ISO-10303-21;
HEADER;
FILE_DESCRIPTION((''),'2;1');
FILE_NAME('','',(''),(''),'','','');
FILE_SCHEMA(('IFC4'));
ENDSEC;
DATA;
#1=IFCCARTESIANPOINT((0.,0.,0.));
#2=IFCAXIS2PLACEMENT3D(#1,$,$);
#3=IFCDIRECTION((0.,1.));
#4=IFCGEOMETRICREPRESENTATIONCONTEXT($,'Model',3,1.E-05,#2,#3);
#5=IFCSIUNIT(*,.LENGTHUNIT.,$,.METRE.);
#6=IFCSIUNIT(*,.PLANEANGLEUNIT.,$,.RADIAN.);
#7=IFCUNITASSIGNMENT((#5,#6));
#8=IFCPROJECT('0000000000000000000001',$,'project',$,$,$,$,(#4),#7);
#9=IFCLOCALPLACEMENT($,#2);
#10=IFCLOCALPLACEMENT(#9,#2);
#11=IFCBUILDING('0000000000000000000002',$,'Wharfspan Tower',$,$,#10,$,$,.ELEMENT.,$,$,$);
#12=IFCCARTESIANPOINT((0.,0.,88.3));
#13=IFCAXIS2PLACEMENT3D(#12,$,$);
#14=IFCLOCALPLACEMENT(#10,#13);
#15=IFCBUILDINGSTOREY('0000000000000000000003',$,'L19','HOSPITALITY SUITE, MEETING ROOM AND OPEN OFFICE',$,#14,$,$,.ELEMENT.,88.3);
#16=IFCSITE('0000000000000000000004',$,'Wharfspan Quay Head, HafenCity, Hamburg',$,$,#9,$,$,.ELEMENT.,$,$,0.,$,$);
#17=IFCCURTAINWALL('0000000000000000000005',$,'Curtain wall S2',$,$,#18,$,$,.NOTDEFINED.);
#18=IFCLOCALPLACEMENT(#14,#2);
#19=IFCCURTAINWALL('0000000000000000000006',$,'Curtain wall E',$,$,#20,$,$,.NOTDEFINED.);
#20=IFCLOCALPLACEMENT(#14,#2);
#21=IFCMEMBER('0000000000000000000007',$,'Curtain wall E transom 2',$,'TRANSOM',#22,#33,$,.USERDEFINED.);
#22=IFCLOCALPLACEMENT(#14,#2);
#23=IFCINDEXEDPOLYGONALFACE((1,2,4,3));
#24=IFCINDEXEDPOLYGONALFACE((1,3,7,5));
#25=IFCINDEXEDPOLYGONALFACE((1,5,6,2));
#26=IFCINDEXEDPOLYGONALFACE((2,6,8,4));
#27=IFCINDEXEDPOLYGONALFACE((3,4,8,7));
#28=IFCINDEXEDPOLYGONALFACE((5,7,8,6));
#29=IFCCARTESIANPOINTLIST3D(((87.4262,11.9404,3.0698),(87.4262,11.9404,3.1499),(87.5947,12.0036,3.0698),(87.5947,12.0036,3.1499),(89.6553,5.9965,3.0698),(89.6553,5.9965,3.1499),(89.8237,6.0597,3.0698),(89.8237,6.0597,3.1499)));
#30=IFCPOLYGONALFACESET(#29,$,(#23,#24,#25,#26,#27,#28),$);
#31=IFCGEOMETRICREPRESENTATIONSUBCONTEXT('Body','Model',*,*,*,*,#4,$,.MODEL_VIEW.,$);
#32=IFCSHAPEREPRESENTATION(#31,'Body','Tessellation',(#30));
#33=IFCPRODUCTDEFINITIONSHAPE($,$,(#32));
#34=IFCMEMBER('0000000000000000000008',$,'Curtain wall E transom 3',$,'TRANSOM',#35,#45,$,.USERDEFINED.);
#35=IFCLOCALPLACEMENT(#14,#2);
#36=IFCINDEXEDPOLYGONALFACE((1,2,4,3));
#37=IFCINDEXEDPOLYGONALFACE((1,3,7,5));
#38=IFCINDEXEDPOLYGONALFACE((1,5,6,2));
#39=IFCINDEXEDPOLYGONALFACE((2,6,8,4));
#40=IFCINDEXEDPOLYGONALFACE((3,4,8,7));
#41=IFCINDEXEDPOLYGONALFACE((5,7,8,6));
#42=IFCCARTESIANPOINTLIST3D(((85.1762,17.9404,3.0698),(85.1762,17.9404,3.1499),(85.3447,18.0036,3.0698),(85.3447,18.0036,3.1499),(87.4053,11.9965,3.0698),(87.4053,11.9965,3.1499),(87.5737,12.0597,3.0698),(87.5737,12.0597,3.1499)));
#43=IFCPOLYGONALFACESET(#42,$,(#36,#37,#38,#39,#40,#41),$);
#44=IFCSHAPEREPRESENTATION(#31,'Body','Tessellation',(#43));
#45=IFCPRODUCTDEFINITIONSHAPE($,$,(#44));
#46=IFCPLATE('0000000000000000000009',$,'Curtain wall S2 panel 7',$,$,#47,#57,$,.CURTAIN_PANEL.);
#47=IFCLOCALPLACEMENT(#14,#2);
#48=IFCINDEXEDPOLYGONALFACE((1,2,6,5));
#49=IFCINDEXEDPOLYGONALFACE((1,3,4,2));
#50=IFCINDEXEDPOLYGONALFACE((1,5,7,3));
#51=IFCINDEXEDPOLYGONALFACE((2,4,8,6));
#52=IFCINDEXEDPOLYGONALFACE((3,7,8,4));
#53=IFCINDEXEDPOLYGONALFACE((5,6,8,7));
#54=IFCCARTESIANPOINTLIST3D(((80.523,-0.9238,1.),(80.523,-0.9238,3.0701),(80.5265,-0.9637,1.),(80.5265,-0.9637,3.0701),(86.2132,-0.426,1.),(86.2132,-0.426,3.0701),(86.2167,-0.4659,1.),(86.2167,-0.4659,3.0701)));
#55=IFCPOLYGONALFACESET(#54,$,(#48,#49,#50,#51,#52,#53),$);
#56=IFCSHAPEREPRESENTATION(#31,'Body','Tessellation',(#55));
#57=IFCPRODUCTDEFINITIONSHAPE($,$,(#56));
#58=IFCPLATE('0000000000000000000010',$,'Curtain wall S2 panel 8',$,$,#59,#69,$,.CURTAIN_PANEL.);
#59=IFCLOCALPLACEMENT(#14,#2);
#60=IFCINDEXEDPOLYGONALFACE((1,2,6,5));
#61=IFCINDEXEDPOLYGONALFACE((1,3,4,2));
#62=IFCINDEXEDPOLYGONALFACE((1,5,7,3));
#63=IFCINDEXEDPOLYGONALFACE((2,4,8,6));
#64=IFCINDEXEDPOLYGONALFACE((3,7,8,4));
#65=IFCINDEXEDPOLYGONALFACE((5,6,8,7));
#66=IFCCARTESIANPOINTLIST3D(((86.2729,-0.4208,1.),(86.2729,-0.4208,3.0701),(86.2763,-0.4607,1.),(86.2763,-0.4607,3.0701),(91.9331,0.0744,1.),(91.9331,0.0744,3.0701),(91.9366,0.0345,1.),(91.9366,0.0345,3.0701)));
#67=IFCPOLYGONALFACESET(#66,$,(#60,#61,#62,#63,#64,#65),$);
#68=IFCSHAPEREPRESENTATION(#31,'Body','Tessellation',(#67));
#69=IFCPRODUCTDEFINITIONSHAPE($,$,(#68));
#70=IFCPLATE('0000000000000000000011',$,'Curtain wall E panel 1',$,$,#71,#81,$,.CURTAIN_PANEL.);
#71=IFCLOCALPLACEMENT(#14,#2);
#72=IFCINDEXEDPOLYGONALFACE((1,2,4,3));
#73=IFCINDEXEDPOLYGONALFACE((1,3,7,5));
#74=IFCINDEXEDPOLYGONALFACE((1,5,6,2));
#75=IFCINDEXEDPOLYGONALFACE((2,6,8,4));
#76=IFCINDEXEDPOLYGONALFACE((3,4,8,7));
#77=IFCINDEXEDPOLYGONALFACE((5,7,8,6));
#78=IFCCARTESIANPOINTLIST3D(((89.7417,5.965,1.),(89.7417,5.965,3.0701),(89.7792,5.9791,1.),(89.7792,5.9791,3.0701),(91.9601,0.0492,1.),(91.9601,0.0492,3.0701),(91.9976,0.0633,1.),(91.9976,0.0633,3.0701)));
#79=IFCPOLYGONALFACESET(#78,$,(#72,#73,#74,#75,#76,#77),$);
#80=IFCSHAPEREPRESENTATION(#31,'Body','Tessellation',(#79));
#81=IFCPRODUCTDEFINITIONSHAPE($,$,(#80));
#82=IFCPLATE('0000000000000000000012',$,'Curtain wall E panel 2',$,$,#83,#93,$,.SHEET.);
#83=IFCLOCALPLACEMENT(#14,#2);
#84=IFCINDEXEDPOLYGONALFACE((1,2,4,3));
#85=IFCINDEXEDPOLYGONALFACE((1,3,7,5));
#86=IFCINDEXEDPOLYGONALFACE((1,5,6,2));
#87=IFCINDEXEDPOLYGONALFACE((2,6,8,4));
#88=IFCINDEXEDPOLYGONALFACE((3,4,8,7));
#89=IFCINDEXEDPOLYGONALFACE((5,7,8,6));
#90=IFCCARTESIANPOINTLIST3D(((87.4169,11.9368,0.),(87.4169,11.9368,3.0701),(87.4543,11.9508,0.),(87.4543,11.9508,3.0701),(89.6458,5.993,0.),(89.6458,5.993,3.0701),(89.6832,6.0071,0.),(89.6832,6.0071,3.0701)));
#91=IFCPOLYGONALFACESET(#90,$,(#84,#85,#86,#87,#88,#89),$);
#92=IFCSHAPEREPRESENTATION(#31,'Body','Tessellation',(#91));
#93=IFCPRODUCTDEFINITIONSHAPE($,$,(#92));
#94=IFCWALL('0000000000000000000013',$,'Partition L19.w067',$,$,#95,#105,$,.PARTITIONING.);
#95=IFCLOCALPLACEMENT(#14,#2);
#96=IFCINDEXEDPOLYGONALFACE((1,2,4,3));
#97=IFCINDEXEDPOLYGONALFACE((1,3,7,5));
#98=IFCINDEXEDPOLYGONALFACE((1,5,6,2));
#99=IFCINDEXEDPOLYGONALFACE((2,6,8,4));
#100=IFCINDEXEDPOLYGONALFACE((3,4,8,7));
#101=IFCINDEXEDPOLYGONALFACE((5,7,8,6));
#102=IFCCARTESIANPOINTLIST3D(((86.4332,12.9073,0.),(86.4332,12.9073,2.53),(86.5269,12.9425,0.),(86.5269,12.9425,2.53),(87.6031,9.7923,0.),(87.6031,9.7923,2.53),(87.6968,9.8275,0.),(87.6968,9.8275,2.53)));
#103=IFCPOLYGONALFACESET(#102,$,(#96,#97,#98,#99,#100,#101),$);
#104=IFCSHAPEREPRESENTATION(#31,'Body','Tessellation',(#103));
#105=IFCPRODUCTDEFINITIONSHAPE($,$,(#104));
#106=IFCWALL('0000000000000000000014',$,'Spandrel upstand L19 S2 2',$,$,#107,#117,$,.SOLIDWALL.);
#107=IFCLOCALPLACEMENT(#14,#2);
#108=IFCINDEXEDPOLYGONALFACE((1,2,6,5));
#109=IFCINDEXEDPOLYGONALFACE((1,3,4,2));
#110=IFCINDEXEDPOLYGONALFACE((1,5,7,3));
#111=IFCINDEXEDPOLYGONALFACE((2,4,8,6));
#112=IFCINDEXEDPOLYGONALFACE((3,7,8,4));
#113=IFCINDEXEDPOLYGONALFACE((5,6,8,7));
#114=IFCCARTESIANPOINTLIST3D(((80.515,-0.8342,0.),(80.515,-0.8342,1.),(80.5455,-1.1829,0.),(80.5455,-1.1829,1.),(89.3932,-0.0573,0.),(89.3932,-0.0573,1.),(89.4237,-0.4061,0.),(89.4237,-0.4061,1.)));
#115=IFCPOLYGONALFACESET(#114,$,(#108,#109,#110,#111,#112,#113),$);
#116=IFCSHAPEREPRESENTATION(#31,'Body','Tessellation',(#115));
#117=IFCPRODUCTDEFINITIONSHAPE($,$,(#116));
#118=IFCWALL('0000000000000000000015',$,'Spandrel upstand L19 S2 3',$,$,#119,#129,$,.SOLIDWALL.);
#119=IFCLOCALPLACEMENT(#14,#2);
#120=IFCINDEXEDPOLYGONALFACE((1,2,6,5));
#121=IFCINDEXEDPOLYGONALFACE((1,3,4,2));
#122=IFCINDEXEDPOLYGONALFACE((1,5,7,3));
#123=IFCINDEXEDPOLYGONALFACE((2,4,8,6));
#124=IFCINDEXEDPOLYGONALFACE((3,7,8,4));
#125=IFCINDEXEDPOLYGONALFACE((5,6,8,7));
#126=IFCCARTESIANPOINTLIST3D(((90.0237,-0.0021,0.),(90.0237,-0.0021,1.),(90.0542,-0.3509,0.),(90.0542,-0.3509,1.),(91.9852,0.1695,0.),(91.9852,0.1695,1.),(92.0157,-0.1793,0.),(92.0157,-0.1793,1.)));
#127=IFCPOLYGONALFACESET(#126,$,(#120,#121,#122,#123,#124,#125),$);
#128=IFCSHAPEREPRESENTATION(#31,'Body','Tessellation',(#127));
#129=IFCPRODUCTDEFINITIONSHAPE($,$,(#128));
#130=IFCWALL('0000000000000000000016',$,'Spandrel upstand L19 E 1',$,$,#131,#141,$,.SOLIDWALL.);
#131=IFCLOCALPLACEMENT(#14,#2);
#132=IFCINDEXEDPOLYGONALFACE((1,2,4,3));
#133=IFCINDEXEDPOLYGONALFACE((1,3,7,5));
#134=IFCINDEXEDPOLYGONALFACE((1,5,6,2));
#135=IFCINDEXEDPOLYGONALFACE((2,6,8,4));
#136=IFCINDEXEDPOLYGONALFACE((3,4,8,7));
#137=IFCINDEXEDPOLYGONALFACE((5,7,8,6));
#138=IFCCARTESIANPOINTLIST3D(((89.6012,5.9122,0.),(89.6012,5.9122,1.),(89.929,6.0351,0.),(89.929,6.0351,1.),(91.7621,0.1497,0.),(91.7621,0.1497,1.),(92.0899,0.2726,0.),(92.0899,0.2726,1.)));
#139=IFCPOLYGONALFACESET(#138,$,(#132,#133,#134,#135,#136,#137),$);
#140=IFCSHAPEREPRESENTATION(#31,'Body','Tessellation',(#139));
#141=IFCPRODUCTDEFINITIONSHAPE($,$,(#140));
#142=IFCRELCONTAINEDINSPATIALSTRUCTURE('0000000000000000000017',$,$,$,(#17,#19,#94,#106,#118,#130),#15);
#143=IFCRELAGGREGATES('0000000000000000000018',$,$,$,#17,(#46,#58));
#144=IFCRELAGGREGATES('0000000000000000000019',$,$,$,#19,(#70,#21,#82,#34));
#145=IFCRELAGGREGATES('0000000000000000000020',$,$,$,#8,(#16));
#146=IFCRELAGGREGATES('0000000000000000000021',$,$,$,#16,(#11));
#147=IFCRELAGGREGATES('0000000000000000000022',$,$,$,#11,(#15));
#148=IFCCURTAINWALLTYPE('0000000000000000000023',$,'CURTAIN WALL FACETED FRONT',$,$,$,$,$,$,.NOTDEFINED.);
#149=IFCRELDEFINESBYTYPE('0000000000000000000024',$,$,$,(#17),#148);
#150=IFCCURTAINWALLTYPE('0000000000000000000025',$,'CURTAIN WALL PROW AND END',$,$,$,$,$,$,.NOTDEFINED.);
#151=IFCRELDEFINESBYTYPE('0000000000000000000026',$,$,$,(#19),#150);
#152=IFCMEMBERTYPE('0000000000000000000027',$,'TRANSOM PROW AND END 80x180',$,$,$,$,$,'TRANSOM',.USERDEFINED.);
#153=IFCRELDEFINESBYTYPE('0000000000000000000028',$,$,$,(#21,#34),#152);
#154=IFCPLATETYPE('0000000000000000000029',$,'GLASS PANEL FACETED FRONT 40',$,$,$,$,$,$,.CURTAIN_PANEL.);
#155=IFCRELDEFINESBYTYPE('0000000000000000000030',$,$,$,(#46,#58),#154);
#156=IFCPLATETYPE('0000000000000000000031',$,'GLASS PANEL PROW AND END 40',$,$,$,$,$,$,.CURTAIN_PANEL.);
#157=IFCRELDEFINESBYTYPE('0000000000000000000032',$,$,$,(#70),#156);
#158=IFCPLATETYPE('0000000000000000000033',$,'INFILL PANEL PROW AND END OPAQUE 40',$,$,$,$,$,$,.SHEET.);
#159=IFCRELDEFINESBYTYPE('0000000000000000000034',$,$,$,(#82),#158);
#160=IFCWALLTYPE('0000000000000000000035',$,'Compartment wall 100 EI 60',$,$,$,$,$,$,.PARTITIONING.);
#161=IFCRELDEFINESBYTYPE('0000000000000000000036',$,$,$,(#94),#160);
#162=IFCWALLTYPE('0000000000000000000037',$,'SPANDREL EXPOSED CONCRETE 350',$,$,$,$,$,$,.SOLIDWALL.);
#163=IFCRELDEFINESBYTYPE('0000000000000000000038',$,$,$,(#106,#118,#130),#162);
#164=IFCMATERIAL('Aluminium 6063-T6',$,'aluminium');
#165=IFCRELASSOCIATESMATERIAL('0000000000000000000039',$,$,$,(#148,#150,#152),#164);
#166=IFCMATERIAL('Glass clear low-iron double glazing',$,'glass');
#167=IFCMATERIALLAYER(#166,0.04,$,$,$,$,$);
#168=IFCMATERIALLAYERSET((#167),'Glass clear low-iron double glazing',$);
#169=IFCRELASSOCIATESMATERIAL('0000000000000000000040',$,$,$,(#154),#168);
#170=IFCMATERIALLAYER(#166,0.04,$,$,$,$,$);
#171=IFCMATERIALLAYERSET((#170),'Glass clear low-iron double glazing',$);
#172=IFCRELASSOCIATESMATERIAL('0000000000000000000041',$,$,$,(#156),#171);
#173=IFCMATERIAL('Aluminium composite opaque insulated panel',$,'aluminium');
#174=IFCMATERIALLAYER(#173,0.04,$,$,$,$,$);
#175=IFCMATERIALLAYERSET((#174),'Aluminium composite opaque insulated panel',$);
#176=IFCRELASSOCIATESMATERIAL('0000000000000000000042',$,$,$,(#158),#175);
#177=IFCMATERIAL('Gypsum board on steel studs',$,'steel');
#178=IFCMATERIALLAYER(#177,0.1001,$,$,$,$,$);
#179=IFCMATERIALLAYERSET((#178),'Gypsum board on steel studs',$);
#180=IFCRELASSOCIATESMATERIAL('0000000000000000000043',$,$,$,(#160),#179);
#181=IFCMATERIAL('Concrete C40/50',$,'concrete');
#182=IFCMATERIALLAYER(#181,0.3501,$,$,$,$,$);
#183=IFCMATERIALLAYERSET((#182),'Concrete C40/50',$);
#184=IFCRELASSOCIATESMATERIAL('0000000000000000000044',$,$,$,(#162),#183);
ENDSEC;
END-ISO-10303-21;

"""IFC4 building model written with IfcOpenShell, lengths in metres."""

from ifc_helpers import new_model, si_unit, direction, frame, frame_2d, origin, origin_2d, place, context, subcontext, project, spatial, rectangle, extrude, material, layer, layer_set, material_profile, profile_set, type_object, element, aggregate, save


model = new_model("IFC4")

# Units and contexts
model_context = context("Model", 3, precision=1e-05, world=origin(), true_north=direction((0.0, 1.0)))
body_context = subcontext(model_context, "Body", "Model", "MODEL_VIEW")
ifc_project = project(units=[si_unit("LENGTHUNIT", "METRE"), si_unit("PLANEANGLEUNIT", "RADIAN")], contexts=[model_context])

# Site, building, storey
site_placement = place(None, origin())
site = spatial("IfcSite", under=ifc_project, at=site_placement, Name="Wharfspan Quay Head, HafenCity, Hamburg", CompositionType="ELEMENT", RefElevation=0.0)
building_placement = place(site_placement, origin())
building = spatial("IfcBuilding", under=site, at=building_placement, Name="Wharfspan Tower", CompositionType="ELEMENT")
storey_placement = place(building_placement, frame((0.0, 0.0, 88.3)))
storey = spatial("IfcBuildingStorey", under=building, at=storey_placement, Name="L19", Description="HOSPITALITY SUITE, MEETING ROOM AND OPEN OFFICE", CompositionType="ELEMENT", Elevation=88.3)

# Curtain walls
ifc_material_1 = material(Name="Aluminium 6063-T6", Category="aluminium")
curtain_wall_type_1 = type_object("IfcCurtainWallType", Name="CURTAIN WALL FACETED FRONT", PredefinedType="NOTDEFINED", material=ifc_material_1)
curtain_wall_1_placement = place(storey_placement, origin())
curtain_wall_1 = element("IfcCurtainWall", 1, at=curtain_wall_1_placement, inside=storey, type_object=curtain_wall_type_1, Name="Curtain wall S2", PredefinedType="NOTDEFINED")
curtain_wall_type_2 = type_object("IfcCurtainWallType", Name="CURTAIN WALL PROW AND END", PredefinedType="NOTDEFINED", material=ifc_material_1)
curtain_wall_2_placement = place(storey_placement, origin())
curtain_wall_2 = element("IfcCurtainWall", 2, at=curtain_wall_2_placement, inside=storey, type_object=curtain_wall_type_2, Name="Curtain wall E", PredefinedType="NOTDEFINED")

# Members
ifc_material_profile_1 = material_profile(ifc_material_1, rectangle(XDim=0.1799, YDim=0.0801, at=origin_2d()))
ifc_profile_set_1 = profile_set([ifc_material_profile_1], Name="Aluminium 6063-T6")
member_type_1 = type_object("IfcMemberType", Name="TRANSOM PROW AND END 80x180", ElementType="TRANSOM", PredefinedType="USERDEFINED", material=ifc_profile_set_1)
member_1_placement = place(storey_placement, frame((89.7395, 6.0281, 3.1099), z_axis=(-0.351132, 0.936326, 0.0), x_axis=(-0.936326, -0.351132, 0.0)))
member_1 = element("IfcMember", 3, at=member_1_placement, type_object=member_type_1, Name="Curtain wall E transom 2", ObjectType="TRANSOM", PredefinedType="USERDEFINED", context=body_context, shape_type="SweptSolid", body=[
    extrude(rectangle(XDim=0.1799, YDim=0.0801, at=origin_2d()), origin(), (0.0, 0.0, 1.0), 6.3481),
])
member_2_placement = place(storey_placement, frame((87.4895, 12.0281, 3.1099), z_axis=(-0.351132, 0.936326, 0.0), x_axis=(-0.936326, -0.351132, 0.0)))
member_2 = element("IfcMember", 4, at=member_2_placement, type_object=member_type_1, Name="Curtain wall E transom 3", ObjectType="TRANSOM", PredefinedType="USERDEFINED", context=body_context, shape_type="SweptSolid", body=[
    extrude(rectangle(XDim=0.1799, YDim=0.0801, at=origin_2d()), origin(), (0.0, 0.0, 1.0), 6.3481),
])

# Plates
ifc_material_2 = material(Name="Glass clear low-iron double glazing", Category="glass")
ifc_layer_1 = layer(ifc_material_2, 0.04)
ifc_layer_set_1 = layer_set([ifc_layer_1], Name="Glass clear low-iron double glazing")
plate_type_1 = type_object("IfcPlateType", Name="GLASS PANEL FACETED FRONT 40", PredefinedType="CURTAIN_PANEL", material=ifc_layer_set_1)
plate_1_placement = place(storey_placement, frame((83.3699, -0.6948, 1.0), z_axis=(0.0, 0.0, 1.0), x_axis=(0.996197, 0.087156, 0.0)))
plate_1 = element("IfcPlate", 5, at=plate_1_placement, type_object=plate_type_1, Name="Curtain wall S2 panel 7", PredefinedType="CURTAIN_PANEL", context=body_context, shape_type="SweptSolid", body=[
    extrude(rectangle(XDim=5.7119, YDim=0.04, at=origin_2d()), origin(), (0.0, 0.0, 1.0), 2.0701),
])
plate_2_placement = place(storey_placement, frame((89.1047, -0.1931, 1.0), z_axis=(0.0, 0.0, 1.0), x_axis=(0.996197, 0.087156, 0.0)))
plate_2 = element("IfcPlate", 6, at=plate_2_placement, type_object=plate_type_1, Name="Curtain wall S2 panel 8", PredefinedType="CURTAIN_PANEL", context=body_context, shape_type="SweptSolid", body=[
    extrude(rectangle(XDim=5.6819, YDim=0.04, at=origin_2d()), origin(), (0.0, 0.0, 1.0), 2.0701),
])
aggregate(curtain_wall_1, [plate_1, plate_2])
ifc_layer_2 = layer(ifc_material_2, 0.04)
ifc_layer_set_2 = layer_set([ifc_layer_2], Name="Glass clear low-iron double glazing")
plate_type_2 = type_object("IfcPlateType", Name="GLASS PANEL PROW AND END 40", PredefinedType="CURTAIN_PANEL", material=ifc_layer_set_2)
plate_3_placement = place(storey_placement, frame((90.8696, 3.0142, 1.0), z_axis=(0.0, 0.0, 1.0), x_axis=(-0.351123, 0.936328, 0.0)))
plate_3 = element("IfcPlate", 7, at=plate_3_placement, type_object=plate_type_2, Name="Curtain wall E panel 1", PredefinedType="CURTAIN_PANEL", context=body_context, shape_type="SweptSolid", body=[
    extrude(rectangle(XDim=6.3181, YDim=0.04, at=origin_2d()), origin(), (0.0, 0.0, 1.0), 2.0701),
])
ifc_material_3 = material(Name="Aluminium composite opaque insulated panel", Category="aluminium")
ifc_layer_3 = layer(ifc_material_3, 0.04)
ifc_layer_set_3 = layer_set([ifc_layer_3], Name="Aluminium composite opaque insulated panel")
plate_type_3 = type_object("IfcPlateType", Name="INFILL PANEL PROW AND END OPAQUE 40", PredefinedType="SHEET", material=ifc_layer_set_3)
plate_4_placement = place(storey_placement, frame((88.55, 8.9719, 0.0), z_axis=(0.0, 0.0, 1.0), x_axis=(-0.351123, 0.936328, 0.0)))
plate_4 = element("IfcPlate", 8, at=plate_4_placement, type_object=plate_type_3, Name="Curtain wall E panel 2", PredefinedType="SHEET", context=body_context, shape_type="SweptSolid", body=[
    extrude(rectangle(XDim=6.3479, YDim=0.04, at=origin_2d()), origin(), (0.0, 0.0, 1.0), 3.0701),
])
aggregate(curtain_wall_2, [plate_3, member_1, plate_4, member_2])

# Walls
ifc_material_4 = material(Name="Gypsum board on steel studs", Category="steel")
ifc_layer_4 = layer(ifc_material_4, 0.1001)
ifc_layer_set_4 = layer_set([ifc_layer_4], Name="Gypsum board on steel studs")
wall_type_1 = type_object("IfcWallType", Name="Compartment wall 100 EI 60", PredefinedType="PARTITIONING", material=ifc_layer_set_4)
wall_1_placement = place(storey_placement, frame((87.6499, 9.8101, 0.0), z_axis=(0.0, 0.0, 1.0), x_axis=(-0.351597, 0.936149, 0.0)))
element("IfcWall", 9, at=wall_1_placement, inside=storey, type_object=wall_type_1, Name="Partition L19.w067", PredefinedType="PARTITIONING", context=body_context, shape_type="SweptSolid", body=[
    extrude(rectangle(XDim=3.3274, YDim=0.1001, at=frame_2d((1.6636, 0.0))), origin(), (0.0, 0.0, 1.0), 2.53),
])
ifc_material_5 = material(Name="Concrete C40/50", Category="concrete")
ifc_layer_5 = layer(ifc_material_5, 0.3501)
ifc_layer_set_5 = layer_set([ifc_layer_5], Name="Concrete C40/50")
wall_type_2 = type_object("IfcWallType", Name="SPANDREL EXPOSED CONCRETE 350", PredefinedType="SOLIDWALL", material=ifc_layer_set_5)
wall_2_placement = place(storey_placement, frame((80.5303, -1.0085, 0.0), z_axis=(0.0, 0.0, 1.0), x_axis=(0.996198, 0.087169, 0.0)))
element("IfcWall", 10, at=wall_2_placement, inside=storey, type_object=wall_type_2, Name="Spandrel upstand L19 S2 2", PredefinedType="SOLIDWALL", context=body_context, shape_type="SweptSolid", body=[
    extrude(rectangle(XDim=8.9121, YDim=0.3501, at=frame_2d((4.4561, 0.0))), origin(), (0.0, 0.0, 1.0), 1.0),
])
wall_3_placement = place(storey_placement, frame((90.0391, -0.1765, 0.0), z_axis=(0.0, 0.0, 1.0), x_axis=(0.996193, 0.08717, 0.0)))
element("IfcWall", 11, at=wall_3_placement, inside=storey, type_object=wall_type_2, Name="Spandrel upstand L19 S2 3", PredefinedType="SOLIDWALL", context=body_context, shape_type="SweptSolid", body=[
    extrude(rectangle(XDim=1.969, YDim=0.3501, at=frame_2d((0.9844, 0.0))), origin(), (0.0, 0.0, 1.0), 1.0),
])
wall_4_placement = place(storey_placement, frame((91.926, 0.2112, 0.0), z_axis=(0.0, 0.0, 1.0), x_axis=(-0.351118, 0.936328, 0.0)))
element("IfcWall", 12, at=wall_4_placement, inside=storey, type_object=wall_type_2, Name="Spandrel upstand L19 E 1", PredefinedType="SOLIDWALL", context=body_context, shape_type="SweptSolid", body=[
    extrude(rectangle(XDim=6.1543, YDim=0.3501, at=frame_2d((3.0771, 0.0))), origin(), (0.0, 0.0, 1.0), 1.0),
])

save(model, "model.ifc")
